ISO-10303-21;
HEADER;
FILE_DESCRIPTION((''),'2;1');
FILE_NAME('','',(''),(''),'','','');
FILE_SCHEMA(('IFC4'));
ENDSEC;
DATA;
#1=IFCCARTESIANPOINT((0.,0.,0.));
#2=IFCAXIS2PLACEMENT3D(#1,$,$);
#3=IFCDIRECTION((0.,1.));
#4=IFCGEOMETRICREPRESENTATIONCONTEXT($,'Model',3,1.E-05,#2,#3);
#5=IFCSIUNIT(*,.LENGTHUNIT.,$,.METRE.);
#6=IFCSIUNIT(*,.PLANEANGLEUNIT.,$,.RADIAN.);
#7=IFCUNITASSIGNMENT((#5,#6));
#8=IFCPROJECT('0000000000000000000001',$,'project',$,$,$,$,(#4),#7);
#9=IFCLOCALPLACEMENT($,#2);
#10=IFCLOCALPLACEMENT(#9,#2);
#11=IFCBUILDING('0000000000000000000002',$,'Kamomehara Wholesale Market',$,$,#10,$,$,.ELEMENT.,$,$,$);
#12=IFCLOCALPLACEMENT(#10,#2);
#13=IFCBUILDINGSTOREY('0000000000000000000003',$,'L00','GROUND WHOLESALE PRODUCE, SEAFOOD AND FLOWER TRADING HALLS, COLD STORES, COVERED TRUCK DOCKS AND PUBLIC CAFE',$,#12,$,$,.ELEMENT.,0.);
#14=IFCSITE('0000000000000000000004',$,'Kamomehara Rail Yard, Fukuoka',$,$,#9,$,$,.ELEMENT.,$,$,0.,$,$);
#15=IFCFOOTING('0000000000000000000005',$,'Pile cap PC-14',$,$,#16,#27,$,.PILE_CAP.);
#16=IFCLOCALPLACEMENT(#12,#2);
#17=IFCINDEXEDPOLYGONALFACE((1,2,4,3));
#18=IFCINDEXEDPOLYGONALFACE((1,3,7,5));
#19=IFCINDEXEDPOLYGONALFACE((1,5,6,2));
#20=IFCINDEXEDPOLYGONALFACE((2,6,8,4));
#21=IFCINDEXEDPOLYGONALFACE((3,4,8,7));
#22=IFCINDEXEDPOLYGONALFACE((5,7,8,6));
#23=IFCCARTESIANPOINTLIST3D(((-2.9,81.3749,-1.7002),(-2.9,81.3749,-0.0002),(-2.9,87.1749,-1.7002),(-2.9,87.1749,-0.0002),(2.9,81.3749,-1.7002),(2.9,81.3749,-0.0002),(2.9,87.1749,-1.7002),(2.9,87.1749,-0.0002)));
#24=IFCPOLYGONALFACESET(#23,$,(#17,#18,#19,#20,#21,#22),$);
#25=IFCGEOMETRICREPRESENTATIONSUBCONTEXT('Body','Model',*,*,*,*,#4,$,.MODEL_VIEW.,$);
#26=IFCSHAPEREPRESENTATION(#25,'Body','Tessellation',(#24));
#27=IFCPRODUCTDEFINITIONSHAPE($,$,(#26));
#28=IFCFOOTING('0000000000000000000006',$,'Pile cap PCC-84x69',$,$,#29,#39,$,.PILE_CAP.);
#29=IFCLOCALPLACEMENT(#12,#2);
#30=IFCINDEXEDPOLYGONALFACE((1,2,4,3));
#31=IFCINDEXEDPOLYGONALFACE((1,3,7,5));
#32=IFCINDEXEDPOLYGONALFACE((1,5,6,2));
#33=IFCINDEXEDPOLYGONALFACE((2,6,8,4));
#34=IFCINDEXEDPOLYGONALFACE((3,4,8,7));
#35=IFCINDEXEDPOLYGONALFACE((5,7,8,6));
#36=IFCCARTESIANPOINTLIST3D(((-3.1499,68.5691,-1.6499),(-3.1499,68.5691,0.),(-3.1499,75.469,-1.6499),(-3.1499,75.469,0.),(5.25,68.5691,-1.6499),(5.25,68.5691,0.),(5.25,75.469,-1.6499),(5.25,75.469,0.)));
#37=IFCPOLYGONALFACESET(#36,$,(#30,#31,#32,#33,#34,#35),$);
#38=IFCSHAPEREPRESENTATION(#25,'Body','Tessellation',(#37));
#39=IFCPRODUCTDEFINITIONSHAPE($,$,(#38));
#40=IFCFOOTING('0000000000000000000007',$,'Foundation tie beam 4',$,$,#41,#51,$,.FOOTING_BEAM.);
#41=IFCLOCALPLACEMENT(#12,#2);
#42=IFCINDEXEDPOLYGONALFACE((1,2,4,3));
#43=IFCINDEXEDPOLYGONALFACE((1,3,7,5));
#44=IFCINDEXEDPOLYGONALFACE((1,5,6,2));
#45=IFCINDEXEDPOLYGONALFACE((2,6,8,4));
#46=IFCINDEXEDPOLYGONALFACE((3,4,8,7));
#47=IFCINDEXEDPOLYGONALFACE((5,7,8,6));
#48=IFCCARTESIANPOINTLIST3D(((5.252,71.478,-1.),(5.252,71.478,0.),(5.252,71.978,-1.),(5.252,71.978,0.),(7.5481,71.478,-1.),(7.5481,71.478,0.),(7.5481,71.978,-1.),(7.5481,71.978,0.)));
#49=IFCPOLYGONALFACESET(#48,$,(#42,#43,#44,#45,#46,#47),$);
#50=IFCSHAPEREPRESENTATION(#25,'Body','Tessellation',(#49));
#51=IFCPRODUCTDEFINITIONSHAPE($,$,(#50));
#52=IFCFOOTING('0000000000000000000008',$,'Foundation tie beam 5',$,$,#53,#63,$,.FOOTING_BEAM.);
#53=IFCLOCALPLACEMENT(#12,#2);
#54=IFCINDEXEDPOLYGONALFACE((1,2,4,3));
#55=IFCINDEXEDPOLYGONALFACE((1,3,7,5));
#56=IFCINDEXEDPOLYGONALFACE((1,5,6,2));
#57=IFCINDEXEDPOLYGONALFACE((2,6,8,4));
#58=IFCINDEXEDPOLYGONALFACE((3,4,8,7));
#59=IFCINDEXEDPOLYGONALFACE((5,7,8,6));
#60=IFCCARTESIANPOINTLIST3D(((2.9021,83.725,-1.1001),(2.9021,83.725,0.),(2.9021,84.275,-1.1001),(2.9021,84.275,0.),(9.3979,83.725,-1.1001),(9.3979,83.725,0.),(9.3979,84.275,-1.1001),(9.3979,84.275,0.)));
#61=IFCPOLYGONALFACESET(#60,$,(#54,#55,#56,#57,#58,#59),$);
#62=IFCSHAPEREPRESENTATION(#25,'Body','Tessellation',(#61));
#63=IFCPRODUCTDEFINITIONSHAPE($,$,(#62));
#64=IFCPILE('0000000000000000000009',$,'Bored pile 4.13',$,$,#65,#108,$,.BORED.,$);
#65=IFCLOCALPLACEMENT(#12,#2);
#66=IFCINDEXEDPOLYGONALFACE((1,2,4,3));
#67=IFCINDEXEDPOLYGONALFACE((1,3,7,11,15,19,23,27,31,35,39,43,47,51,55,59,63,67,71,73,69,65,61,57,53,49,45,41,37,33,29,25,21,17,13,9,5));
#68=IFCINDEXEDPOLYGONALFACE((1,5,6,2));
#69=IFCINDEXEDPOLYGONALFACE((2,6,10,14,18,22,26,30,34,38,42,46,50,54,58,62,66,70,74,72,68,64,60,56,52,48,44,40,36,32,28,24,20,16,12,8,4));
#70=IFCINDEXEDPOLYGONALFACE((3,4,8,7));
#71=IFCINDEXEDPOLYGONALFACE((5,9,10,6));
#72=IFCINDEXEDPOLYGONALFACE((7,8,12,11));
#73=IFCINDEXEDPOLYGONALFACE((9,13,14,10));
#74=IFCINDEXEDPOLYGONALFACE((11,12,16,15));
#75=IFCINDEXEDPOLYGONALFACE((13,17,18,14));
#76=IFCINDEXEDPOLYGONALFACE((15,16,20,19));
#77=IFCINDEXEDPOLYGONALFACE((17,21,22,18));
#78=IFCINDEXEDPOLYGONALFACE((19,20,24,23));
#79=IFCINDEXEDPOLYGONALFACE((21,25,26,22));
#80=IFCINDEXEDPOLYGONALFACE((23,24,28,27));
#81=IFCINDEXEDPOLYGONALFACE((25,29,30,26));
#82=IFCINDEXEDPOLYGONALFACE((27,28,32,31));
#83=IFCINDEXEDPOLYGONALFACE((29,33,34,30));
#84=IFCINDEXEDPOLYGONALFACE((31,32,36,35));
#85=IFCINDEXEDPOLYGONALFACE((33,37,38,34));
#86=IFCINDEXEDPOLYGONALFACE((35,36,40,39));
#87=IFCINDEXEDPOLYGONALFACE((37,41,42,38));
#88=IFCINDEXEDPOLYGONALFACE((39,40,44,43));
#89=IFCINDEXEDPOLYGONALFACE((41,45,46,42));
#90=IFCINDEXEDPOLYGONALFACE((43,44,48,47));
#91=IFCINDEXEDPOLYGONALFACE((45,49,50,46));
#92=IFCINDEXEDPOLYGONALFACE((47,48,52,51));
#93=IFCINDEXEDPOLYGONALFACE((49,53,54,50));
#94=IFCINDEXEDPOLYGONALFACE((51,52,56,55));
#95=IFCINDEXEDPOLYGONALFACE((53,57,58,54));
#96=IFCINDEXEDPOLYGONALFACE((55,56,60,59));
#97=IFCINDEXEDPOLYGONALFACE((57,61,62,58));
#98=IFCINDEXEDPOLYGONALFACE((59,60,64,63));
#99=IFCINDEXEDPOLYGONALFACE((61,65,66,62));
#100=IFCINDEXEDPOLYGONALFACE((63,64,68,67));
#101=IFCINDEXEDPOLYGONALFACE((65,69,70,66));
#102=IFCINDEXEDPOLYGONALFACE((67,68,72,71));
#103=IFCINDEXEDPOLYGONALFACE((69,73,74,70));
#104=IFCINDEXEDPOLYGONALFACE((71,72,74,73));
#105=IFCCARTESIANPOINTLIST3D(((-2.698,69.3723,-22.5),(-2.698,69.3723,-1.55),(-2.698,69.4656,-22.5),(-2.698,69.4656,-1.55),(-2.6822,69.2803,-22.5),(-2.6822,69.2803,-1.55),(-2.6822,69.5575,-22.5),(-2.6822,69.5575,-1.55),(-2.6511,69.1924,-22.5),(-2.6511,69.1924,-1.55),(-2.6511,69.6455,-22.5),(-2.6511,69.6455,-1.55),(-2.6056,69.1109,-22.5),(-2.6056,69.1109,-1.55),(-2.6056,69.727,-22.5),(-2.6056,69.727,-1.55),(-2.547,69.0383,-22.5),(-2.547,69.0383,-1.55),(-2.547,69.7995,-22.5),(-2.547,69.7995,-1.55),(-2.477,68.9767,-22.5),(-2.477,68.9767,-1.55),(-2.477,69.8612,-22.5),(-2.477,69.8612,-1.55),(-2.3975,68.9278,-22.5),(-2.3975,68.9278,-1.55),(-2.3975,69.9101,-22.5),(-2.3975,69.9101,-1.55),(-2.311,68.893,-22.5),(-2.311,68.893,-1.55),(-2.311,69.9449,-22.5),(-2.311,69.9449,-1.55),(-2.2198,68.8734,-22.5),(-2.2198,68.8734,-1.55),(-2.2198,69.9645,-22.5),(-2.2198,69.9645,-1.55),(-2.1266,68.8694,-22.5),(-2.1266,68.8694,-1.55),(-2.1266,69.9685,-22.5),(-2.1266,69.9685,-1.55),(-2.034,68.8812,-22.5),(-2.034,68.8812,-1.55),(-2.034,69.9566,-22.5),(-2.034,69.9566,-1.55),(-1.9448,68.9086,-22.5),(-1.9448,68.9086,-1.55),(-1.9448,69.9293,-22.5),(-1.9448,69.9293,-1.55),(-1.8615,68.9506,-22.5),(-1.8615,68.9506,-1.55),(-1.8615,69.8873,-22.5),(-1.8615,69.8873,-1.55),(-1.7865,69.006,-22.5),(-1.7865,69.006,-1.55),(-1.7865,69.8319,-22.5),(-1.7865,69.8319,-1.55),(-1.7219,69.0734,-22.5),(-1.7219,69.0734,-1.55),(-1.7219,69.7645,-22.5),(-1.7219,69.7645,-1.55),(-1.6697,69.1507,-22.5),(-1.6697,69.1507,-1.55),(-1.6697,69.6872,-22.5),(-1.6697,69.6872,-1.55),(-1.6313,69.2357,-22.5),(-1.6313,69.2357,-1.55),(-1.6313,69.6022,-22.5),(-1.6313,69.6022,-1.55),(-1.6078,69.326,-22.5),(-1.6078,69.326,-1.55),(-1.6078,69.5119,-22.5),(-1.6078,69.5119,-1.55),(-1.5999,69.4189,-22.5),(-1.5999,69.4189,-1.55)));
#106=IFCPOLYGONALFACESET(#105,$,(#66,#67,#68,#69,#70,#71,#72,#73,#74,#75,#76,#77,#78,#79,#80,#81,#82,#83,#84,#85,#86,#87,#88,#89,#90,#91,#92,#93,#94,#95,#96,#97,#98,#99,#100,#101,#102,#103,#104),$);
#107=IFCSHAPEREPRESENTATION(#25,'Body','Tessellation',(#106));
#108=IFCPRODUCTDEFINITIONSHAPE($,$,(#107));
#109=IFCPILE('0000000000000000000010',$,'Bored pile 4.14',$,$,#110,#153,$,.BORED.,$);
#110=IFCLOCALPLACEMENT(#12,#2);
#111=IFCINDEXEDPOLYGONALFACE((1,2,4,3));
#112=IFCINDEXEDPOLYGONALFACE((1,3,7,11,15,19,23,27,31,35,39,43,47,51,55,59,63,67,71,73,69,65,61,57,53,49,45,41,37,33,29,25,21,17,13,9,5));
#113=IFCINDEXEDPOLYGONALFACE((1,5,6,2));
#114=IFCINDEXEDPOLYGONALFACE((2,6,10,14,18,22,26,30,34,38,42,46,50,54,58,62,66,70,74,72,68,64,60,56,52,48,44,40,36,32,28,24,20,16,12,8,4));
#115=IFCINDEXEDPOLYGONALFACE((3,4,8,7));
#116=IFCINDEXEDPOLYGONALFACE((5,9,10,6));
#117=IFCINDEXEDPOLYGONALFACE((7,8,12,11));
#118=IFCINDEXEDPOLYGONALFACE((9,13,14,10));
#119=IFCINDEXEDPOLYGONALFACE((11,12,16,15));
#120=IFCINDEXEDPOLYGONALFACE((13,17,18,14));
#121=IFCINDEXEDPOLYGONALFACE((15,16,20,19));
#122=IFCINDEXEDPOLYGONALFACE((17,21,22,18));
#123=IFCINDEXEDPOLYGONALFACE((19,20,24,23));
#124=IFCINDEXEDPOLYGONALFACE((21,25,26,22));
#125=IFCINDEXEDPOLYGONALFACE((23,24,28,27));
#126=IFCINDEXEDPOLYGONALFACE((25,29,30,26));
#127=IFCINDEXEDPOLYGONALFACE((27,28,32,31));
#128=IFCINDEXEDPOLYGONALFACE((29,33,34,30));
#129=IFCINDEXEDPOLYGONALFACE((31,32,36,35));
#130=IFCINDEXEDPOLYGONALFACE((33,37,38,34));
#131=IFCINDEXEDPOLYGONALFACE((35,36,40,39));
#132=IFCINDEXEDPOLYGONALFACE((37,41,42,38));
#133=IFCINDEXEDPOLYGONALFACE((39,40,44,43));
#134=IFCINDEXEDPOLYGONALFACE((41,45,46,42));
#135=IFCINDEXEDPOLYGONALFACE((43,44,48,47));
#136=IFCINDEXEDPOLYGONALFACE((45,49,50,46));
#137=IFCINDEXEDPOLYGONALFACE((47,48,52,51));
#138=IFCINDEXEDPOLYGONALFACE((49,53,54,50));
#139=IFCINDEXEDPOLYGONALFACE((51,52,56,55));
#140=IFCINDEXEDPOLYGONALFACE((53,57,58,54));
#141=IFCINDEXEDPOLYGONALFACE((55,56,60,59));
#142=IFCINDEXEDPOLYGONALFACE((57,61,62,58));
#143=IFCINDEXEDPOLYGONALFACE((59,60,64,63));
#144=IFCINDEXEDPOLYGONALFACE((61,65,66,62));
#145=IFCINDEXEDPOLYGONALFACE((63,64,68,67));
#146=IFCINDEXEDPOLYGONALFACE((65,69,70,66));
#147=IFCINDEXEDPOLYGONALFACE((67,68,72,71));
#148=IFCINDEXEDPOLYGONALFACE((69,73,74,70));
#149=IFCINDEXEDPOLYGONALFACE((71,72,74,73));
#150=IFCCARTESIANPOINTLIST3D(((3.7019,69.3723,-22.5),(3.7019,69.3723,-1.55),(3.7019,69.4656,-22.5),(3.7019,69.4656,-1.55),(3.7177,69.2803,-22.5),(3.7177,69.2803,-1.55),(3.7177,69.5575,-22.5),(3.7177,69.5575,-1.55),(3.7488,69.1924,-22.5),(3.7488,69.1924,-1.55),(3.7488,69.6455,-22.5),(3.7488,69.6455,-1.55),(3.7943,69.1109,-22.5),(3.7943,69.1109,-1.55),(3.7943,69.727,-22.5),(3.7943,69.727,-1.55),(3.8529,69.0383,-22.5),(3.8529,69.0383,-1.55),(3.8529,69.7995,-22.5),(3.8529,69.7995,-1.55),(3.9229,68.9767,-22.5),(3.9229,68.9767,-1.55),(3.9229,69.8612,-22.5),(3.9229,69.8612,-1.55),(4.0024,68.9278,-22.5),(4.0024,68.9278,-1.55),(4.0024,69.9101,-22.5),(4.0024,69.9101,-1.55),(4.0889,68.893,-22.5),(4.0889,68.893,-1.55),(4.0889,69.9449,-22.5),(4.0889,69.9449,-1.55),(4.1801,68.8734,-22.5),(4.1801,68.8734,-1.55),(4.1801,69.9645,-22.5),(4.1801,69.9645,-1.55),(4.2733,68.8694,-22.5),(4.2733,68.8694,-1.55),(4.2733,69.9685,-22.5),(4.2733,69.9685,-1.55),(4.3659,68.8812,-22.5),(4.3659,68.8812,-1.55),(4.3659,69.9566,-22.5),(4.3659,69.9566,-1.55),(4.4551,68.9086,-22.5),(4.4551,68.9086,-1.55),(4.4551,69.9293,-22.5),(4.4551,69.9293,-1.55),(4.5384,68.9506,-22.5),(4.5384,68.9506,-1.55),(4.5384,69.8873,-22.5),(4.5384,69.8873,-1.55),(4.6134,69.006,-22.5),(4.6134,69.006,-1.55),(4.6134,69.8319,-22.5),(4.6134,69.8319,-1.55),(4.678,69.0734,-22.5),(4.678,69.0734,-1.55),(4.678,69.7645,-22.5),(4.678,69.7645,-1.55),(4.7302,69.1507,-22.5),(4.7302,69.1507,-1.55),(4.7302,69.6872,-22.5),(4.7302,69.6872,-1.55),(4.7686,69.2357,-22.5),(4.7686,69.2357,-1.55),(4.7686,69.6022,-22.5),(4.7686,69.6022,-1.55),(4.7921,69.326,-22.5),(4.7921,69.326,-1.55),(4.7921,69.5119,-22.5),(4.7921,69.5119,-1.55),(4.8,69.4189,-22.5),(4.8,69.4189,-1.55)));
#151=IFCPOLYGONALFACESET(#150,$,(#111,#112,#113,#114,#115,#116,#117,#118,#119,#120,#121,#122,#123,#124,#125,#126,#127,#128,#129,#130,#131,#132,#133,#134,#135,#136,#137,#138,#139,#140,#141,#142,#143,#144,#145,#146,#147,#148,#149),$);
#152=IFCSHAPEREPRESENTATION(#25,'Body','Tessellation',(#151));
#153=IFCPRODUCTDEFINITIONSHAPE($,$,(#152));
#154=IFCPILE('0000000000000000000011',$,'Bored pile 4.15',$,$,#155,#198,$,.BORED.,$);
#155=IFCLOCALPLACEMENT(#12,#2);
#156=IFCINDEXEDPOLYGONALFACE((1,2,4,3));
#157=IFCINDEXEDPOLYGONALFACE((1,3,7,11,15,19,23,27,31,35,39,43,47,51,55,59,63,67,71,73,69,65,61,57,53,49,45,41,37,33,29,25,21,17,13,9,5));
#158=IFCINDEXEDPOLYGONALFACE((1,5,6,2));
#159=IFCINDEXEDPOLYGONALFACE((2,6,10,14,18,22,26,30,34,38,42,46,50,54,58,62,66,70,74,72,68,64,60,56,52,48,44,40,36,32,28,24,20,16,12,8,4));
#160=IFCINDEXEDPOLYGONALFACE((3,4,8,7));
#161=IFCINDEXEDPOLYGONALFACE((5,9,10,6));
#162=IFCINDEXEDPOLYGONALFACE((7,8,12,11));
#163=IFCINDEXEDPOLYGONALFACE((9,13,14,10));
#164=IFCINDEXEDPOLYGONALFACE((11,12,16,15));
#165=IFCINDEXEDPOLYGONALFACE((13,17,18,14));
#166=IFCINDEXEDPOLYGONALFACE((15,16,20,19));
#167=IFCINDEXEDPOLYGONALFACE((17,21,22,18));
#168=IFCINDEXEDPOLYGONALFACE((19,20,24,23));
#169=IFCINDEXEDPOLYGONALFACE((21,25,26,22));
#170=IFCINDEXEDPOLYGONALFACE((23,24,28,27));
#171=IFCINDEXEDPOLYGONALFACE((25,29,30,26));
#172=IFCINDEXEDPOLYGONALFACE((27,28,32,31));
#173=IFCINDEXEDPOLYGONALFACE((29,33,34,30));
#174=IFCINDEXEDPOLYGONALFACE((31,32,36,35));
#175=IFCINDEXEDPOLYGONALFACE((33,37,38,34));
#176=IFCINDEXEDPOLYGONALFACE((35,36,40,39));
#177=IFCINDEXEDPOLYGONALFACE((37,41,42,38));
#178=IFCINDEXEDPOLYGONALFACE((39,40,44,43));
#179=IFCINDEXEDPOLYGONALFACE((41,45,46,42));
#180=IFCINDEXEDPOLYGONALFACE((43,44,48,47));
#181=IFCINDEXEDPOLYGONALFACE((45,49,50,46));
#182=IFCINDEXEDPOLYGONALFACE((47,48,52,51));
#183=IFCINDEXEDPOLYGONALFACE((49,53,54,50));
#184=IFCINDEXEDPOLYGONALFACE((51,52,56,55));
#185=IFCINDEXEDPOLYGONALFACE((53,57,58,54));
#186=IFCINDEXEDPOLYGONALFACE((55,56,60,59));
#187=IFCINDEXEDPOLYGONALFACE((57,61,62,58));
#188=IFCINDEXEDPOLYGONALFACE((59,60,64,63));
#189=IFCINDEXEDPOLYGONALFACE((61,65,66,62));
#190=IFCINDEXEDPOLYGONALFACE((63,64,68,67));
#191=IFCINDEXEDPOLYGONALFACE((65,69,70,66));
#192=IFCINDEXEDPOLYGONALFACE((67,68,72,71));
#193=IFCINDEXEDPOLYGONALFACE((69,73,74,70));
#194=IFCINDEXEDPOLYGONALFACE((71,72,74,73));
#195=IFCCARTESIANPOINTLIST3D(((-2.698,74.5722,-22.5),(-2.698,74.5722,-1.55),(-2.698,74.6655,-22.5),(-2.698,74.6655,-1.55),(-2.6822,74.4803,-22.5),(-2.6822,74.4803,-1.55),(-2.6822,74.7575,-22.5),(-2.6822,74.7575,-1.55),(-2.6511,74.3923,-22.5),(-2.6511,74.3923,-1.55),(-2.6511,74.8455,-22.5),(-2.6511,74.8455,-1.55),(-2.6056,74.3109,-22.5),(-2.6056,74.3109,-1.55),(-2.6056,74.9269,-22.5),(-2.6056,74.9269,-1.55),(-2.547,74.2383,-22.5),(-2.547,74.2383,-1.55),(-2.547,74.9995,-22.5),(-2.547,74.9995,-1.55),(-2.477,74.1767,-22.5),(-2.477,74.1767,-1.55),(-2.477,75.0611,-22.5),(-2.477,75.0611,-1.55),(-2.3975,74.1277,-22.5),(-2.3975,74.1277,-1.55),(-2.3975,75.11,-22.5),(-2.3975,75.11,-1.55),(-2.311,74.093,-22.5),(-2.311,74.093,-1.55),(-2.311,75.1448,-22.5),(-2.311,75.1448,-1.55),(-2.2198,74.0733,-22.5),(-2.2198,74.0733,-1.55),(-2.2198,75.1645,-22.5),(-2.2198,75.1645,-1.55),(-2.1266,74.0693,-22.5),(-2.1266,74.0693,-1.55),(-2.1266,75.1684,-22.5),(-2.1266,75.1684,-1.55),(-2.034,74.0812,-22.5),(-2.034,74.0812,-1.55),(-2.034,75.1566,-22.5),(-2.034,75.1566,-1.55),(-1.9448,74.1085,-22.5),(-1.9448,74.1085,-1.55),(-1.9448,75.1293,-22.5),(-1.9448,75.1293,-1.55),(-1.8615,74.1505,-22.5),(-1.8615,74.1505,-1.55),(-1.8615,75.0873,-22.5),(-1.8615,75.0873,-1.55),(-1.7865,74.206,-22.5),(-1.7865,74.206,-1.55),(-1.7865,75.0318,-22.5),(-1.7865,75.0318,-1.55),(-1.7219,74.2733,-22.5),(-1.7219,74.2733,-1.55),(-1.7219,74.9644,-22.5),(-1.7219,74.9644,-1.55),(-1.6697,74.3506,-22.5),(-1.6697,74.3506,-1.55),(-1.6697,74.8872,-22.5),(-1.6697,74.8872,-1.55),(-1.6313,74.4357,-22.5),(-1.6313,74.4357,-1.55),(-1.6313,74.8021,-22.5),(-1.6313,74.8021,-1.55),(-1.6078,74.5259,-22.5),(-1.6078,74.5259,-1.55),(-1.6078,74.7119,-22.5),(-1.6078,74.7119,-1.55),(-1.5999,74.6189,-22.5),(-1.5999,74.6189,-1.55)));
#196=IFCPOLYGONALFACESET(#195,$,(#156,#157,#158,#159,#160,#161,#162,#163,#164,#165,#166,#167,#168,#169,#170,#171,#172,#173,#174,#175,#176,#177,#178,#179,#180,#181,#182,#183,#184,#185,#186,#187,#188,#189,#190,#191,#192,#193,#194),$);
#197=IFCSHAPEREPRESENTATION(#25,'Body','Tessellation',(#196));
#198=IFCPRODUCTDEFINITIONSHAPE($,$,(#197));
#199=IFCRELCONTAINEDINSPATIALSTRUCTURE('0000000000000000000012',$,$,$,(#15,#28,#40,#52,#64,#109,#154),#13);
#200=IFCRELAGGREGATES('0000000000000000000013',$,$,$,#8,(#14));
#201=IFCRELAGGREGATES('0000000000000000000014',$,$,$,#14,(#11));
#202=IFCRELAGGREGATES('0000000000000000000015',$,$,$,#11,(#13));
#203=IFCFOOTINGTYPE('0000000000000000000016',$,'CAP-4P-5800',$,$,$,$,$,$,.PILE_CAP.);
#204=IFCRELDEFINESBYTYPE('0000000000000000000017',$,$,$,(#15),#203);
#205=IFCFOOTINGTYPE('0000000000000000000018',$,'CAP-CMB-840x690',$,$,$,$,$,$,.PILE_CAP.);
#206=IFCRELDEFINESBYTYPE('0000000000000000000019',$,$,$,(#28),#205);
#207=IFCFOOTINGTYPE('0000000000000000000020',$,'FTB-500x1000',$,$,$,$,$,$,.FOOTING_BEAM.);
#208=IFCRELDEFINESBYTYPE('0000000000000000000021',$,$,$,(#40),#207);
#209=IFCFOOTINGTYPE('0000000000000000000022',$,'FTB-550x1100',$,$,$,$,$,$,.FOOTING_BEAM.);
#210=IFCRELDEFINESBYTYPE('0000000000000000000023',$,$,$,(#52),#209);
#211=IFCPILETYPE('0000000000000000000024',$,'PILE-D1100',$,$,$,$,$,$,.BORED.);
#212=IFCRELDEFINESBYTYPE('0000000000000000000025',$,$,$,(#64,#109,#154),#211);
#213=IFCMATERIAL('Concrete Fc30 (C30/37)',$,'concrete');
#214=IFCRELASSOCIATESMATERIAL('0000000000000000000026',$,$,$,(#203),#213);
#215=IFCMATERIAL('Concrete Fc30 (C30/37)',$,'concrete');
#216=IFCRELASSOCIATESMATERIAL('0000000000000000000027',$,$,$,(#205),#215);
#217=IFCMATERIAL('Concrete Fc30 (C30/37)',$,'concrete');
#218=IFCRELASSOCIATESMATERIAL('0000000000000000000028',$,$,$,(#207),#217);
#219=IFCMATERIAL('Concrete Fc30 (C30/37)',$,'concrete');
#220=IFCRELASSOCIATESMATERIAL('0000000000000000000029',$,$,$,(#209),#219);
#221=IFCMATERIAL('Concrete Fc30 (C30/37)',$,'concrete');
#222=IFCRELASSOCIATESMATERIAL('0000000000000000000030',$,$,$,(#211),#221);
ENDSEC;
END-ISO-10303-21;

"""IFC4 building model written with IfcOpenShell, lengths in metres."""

from ifc_helpers import new_model, si_unit, direction, frame, origin, origin_2d, place, context, subcontext, project, spatial, rectangle, circle, extrude, material, material_profile, profile_set, type_object, element, save


model = new_model("IFC4")

# Units and contexts
model_context = context("Model", 3, precision=1e-05, world=origin(), true_north=direction((0.0, 1.0)))
body_context = subcontext(model_context, "Body", "Model", "MODEL_VIEW")
ifc_project = project(units=[si_unit("LENGTHUNIT", "METRE"), si_unit("PLANEANGLEUNIT", "RADIAN")], contexts=[model_context])

# Site, building, storey
site_placement = place(None, origin())
site = spatial("IfcSite", under=ifc_project, at=site_placement, Name="Kamomehara Rail Yard, Fukuoka", CompositionType="ELEMENT", RefElevation=0.0)
building_placement = place(site_placement, origin())
building = spatial("IfcBuilding", under=site, at=building_placement, Name="Kamomehara Wholesale Market", CompositionType="ELEMENT")
storey_placement = place(building_placement, origin())
storey = spatial("IfcBuildingStorey", under=building, at=storey_placement, Name="L00", Description="GROUND WHOLESALE PRODUCE, SEAFOOD AND FLOWER TRADING HALLS, COLD STORES, COVERED TRUCK DOCKS AND PUBLIC CAFE", CompositionType="ELEMENT", Elevation=0.0)

# Footings
ifc_material_1 = material(Name="Concrete Fc30 (C30/37)", Category="concrete")
footing_type_1 = type_object("IfcFootingType", Name="CAP-4P-5800", PredefinedType="PILE_CAP", material=ifc_material_1)
footing_1_placement = place(storey_placement, frame((0.0, 84.2749, -1.7002), z_axis=(0.0, 0.0, 1.0), x_axis=(1.0, 0.0, 0.0)))
element("IfcFooting", 1, at=footing_1_placement, inside=storey, type_object=footing_type_1, Name="Pile cap PC-14", PredefinedType="PILE_CAP", context=body_context, shape_type="SweptSolid", body=[
    extrude(rectangle(XDim=5.8, YDim=5.8, at=origin_2d()), origin(), (0.0, 0.0, 1.0), 1.7),
])
ifc_material_2 = material(Name="Concrete Fc30 (C30/37)", Category="concrete")
footing_type_2 = type_object("IfcFootingType", Name="CAP-CMB-840x690", PredefinedType="PILE_CAP", material=ifc_material_2)
footing_2_placement = place(storey_placement, frame((1.05, 72.019, -1.6499), z_axis=(0.0, 0.0, 1.0), x_axis=(1.0, 0.0, 0.0)))
element("IfcFooting", 2, at=footing_2_placement, inside=storey, type_object=footing_type_2, Name="Pile cap PCC-84x69", PredefinedType="PILE_CAP", context=body_context, shape_type="SweptSolid", body=[
    extrude(rectangle(XDim=8.3999, YDim=6.8999, at=origin_2d()), origin(), (0.0, 0.0, 1.0), 1.6499),
])
ifc_material_3 = material(Name="Concrete Fc30 (C30/37)", Category="concrete")
ifc_material_profile_1 = material_profile(ifc_material_3, rectangle(XDim=0.5, YDim=1.0, at=origin_2d()), Name="RC-FTB-500x1000")
ifc_profile_set_1 = profile_set([ifc_material_profile_1], Name="Concrete Fc30 (C30/37)")
footing_type_3 = type_object("IfcFootingType", Name="FTB-500x1000", PredefinedType="FOOTING_BEAM", material=ifc_profile_set_1)
footing_3_placement = place(storey_placement, frame((5.252, 71.728, -0.5), z_axis=(1.0, 0.0, 0.0), x_axis=(0.0, 1.0, 0.0)))
element("IfcFooting", 3, at=footing_3_placement, inside=storey, type_object=footing_type_3, Name="Foundation tie beam 4", PredefinedType="FOOTING_BEAM", context=body_context, shape_type="SweptSolid", body=[
    extrude(rectangle(XDim=0.5, YDim=1.0, at=origin_2d()), origin(), (0.0, 0.0, 1.0), 2.2961),
])
ifc_material_4 = material(Name="Concrete Fc30 (C30/37)", Category="concrete")
ifc_material_profile_2 = material_profile(ifc_material_4, rectangle(XDim=0.55, YDim=1.1001, at=origin_2d()), Name="RC-FTB-550x1100")
ifc_profile_set_2 = profile_set([ifc_material_profile_2], Name="Concrete Fc30 (C30/37)")
footing_type_4 = type_object("IfcFootingType", Name="FTB-550x1100", PredefinedType="FOOTING_BEAM", material=ifc_profile_set_2)
footing_4_placement = place(storey_placement, frame((2.9021, 84.0, -0.55), z_axis=(1.0, 0.0, 0.0), x_axis=(0.0, 1.0, 0.0)))
element("IfcFooting", 4, at=footing_4_placement, inside=storey, type_object=footing_type_4, Name="Foundation tie beam 5", PredefinedType="FOOTING_BEAM", context=body_context, shape_type="SweptSolid", body=[
    extrude(rectangle(XDim=0.55, YDim=1.1001, at=origin_2d()), origin(), (0.0, 0.0, 1.0), 6.4958),
])

# Piles
ifc_material_5 = material(Name="Concrete Fc30 (C30/37)", Category="concrete")
ifc_material_profile_3 = material_profile(ifc_material_5, circle(Radius=0.55, at=origin_2d()), Name="RC-PILE-D1100")
ifc_profile_set_3 = profile_set([ifc_material_profile_3], Name="Concrete Fc30 (C30/37)")
pile_type_1 = type_object("IfcPileType", Name="PILE-D1100", PredefinedType="BORED", material=ifc_profile_set_3)
for number, where, z_axis, x_axis, name in (
    (5, (-2.1499, 69.4189, -1.55), (0.0, 0.0, -1.0), (1.0, 0.0, 0.0), "Bored pile 4.13"),
    (6, (4.25, 69.4189, -1.55), (0.0, 0.0, -1.0), (1.0, 0.0, 0.0), "Bored pile 4.14"),
    (7, (-2.1499, 74.6189, -1.55), (0.0, 0.0, -1.0), (1.0, 0.0, 0.0), "Bored pile 4.15"),
):
    element("IfcPile", number, at=place(storey_placement, frame(where, z_axis=z_axis, x_axis=x_axis)), inside=storey, type_object=pile_type_1, Name=name, PredefinedType="BORED", context=body_context, shape_type="SweptSolid", body=[
        extrude(circle(Radius=0.55, at=origin_2d()), origin(), (0.0, 0.0, 1.0), 20.95),
    ])

save(model, "model.ifc")
